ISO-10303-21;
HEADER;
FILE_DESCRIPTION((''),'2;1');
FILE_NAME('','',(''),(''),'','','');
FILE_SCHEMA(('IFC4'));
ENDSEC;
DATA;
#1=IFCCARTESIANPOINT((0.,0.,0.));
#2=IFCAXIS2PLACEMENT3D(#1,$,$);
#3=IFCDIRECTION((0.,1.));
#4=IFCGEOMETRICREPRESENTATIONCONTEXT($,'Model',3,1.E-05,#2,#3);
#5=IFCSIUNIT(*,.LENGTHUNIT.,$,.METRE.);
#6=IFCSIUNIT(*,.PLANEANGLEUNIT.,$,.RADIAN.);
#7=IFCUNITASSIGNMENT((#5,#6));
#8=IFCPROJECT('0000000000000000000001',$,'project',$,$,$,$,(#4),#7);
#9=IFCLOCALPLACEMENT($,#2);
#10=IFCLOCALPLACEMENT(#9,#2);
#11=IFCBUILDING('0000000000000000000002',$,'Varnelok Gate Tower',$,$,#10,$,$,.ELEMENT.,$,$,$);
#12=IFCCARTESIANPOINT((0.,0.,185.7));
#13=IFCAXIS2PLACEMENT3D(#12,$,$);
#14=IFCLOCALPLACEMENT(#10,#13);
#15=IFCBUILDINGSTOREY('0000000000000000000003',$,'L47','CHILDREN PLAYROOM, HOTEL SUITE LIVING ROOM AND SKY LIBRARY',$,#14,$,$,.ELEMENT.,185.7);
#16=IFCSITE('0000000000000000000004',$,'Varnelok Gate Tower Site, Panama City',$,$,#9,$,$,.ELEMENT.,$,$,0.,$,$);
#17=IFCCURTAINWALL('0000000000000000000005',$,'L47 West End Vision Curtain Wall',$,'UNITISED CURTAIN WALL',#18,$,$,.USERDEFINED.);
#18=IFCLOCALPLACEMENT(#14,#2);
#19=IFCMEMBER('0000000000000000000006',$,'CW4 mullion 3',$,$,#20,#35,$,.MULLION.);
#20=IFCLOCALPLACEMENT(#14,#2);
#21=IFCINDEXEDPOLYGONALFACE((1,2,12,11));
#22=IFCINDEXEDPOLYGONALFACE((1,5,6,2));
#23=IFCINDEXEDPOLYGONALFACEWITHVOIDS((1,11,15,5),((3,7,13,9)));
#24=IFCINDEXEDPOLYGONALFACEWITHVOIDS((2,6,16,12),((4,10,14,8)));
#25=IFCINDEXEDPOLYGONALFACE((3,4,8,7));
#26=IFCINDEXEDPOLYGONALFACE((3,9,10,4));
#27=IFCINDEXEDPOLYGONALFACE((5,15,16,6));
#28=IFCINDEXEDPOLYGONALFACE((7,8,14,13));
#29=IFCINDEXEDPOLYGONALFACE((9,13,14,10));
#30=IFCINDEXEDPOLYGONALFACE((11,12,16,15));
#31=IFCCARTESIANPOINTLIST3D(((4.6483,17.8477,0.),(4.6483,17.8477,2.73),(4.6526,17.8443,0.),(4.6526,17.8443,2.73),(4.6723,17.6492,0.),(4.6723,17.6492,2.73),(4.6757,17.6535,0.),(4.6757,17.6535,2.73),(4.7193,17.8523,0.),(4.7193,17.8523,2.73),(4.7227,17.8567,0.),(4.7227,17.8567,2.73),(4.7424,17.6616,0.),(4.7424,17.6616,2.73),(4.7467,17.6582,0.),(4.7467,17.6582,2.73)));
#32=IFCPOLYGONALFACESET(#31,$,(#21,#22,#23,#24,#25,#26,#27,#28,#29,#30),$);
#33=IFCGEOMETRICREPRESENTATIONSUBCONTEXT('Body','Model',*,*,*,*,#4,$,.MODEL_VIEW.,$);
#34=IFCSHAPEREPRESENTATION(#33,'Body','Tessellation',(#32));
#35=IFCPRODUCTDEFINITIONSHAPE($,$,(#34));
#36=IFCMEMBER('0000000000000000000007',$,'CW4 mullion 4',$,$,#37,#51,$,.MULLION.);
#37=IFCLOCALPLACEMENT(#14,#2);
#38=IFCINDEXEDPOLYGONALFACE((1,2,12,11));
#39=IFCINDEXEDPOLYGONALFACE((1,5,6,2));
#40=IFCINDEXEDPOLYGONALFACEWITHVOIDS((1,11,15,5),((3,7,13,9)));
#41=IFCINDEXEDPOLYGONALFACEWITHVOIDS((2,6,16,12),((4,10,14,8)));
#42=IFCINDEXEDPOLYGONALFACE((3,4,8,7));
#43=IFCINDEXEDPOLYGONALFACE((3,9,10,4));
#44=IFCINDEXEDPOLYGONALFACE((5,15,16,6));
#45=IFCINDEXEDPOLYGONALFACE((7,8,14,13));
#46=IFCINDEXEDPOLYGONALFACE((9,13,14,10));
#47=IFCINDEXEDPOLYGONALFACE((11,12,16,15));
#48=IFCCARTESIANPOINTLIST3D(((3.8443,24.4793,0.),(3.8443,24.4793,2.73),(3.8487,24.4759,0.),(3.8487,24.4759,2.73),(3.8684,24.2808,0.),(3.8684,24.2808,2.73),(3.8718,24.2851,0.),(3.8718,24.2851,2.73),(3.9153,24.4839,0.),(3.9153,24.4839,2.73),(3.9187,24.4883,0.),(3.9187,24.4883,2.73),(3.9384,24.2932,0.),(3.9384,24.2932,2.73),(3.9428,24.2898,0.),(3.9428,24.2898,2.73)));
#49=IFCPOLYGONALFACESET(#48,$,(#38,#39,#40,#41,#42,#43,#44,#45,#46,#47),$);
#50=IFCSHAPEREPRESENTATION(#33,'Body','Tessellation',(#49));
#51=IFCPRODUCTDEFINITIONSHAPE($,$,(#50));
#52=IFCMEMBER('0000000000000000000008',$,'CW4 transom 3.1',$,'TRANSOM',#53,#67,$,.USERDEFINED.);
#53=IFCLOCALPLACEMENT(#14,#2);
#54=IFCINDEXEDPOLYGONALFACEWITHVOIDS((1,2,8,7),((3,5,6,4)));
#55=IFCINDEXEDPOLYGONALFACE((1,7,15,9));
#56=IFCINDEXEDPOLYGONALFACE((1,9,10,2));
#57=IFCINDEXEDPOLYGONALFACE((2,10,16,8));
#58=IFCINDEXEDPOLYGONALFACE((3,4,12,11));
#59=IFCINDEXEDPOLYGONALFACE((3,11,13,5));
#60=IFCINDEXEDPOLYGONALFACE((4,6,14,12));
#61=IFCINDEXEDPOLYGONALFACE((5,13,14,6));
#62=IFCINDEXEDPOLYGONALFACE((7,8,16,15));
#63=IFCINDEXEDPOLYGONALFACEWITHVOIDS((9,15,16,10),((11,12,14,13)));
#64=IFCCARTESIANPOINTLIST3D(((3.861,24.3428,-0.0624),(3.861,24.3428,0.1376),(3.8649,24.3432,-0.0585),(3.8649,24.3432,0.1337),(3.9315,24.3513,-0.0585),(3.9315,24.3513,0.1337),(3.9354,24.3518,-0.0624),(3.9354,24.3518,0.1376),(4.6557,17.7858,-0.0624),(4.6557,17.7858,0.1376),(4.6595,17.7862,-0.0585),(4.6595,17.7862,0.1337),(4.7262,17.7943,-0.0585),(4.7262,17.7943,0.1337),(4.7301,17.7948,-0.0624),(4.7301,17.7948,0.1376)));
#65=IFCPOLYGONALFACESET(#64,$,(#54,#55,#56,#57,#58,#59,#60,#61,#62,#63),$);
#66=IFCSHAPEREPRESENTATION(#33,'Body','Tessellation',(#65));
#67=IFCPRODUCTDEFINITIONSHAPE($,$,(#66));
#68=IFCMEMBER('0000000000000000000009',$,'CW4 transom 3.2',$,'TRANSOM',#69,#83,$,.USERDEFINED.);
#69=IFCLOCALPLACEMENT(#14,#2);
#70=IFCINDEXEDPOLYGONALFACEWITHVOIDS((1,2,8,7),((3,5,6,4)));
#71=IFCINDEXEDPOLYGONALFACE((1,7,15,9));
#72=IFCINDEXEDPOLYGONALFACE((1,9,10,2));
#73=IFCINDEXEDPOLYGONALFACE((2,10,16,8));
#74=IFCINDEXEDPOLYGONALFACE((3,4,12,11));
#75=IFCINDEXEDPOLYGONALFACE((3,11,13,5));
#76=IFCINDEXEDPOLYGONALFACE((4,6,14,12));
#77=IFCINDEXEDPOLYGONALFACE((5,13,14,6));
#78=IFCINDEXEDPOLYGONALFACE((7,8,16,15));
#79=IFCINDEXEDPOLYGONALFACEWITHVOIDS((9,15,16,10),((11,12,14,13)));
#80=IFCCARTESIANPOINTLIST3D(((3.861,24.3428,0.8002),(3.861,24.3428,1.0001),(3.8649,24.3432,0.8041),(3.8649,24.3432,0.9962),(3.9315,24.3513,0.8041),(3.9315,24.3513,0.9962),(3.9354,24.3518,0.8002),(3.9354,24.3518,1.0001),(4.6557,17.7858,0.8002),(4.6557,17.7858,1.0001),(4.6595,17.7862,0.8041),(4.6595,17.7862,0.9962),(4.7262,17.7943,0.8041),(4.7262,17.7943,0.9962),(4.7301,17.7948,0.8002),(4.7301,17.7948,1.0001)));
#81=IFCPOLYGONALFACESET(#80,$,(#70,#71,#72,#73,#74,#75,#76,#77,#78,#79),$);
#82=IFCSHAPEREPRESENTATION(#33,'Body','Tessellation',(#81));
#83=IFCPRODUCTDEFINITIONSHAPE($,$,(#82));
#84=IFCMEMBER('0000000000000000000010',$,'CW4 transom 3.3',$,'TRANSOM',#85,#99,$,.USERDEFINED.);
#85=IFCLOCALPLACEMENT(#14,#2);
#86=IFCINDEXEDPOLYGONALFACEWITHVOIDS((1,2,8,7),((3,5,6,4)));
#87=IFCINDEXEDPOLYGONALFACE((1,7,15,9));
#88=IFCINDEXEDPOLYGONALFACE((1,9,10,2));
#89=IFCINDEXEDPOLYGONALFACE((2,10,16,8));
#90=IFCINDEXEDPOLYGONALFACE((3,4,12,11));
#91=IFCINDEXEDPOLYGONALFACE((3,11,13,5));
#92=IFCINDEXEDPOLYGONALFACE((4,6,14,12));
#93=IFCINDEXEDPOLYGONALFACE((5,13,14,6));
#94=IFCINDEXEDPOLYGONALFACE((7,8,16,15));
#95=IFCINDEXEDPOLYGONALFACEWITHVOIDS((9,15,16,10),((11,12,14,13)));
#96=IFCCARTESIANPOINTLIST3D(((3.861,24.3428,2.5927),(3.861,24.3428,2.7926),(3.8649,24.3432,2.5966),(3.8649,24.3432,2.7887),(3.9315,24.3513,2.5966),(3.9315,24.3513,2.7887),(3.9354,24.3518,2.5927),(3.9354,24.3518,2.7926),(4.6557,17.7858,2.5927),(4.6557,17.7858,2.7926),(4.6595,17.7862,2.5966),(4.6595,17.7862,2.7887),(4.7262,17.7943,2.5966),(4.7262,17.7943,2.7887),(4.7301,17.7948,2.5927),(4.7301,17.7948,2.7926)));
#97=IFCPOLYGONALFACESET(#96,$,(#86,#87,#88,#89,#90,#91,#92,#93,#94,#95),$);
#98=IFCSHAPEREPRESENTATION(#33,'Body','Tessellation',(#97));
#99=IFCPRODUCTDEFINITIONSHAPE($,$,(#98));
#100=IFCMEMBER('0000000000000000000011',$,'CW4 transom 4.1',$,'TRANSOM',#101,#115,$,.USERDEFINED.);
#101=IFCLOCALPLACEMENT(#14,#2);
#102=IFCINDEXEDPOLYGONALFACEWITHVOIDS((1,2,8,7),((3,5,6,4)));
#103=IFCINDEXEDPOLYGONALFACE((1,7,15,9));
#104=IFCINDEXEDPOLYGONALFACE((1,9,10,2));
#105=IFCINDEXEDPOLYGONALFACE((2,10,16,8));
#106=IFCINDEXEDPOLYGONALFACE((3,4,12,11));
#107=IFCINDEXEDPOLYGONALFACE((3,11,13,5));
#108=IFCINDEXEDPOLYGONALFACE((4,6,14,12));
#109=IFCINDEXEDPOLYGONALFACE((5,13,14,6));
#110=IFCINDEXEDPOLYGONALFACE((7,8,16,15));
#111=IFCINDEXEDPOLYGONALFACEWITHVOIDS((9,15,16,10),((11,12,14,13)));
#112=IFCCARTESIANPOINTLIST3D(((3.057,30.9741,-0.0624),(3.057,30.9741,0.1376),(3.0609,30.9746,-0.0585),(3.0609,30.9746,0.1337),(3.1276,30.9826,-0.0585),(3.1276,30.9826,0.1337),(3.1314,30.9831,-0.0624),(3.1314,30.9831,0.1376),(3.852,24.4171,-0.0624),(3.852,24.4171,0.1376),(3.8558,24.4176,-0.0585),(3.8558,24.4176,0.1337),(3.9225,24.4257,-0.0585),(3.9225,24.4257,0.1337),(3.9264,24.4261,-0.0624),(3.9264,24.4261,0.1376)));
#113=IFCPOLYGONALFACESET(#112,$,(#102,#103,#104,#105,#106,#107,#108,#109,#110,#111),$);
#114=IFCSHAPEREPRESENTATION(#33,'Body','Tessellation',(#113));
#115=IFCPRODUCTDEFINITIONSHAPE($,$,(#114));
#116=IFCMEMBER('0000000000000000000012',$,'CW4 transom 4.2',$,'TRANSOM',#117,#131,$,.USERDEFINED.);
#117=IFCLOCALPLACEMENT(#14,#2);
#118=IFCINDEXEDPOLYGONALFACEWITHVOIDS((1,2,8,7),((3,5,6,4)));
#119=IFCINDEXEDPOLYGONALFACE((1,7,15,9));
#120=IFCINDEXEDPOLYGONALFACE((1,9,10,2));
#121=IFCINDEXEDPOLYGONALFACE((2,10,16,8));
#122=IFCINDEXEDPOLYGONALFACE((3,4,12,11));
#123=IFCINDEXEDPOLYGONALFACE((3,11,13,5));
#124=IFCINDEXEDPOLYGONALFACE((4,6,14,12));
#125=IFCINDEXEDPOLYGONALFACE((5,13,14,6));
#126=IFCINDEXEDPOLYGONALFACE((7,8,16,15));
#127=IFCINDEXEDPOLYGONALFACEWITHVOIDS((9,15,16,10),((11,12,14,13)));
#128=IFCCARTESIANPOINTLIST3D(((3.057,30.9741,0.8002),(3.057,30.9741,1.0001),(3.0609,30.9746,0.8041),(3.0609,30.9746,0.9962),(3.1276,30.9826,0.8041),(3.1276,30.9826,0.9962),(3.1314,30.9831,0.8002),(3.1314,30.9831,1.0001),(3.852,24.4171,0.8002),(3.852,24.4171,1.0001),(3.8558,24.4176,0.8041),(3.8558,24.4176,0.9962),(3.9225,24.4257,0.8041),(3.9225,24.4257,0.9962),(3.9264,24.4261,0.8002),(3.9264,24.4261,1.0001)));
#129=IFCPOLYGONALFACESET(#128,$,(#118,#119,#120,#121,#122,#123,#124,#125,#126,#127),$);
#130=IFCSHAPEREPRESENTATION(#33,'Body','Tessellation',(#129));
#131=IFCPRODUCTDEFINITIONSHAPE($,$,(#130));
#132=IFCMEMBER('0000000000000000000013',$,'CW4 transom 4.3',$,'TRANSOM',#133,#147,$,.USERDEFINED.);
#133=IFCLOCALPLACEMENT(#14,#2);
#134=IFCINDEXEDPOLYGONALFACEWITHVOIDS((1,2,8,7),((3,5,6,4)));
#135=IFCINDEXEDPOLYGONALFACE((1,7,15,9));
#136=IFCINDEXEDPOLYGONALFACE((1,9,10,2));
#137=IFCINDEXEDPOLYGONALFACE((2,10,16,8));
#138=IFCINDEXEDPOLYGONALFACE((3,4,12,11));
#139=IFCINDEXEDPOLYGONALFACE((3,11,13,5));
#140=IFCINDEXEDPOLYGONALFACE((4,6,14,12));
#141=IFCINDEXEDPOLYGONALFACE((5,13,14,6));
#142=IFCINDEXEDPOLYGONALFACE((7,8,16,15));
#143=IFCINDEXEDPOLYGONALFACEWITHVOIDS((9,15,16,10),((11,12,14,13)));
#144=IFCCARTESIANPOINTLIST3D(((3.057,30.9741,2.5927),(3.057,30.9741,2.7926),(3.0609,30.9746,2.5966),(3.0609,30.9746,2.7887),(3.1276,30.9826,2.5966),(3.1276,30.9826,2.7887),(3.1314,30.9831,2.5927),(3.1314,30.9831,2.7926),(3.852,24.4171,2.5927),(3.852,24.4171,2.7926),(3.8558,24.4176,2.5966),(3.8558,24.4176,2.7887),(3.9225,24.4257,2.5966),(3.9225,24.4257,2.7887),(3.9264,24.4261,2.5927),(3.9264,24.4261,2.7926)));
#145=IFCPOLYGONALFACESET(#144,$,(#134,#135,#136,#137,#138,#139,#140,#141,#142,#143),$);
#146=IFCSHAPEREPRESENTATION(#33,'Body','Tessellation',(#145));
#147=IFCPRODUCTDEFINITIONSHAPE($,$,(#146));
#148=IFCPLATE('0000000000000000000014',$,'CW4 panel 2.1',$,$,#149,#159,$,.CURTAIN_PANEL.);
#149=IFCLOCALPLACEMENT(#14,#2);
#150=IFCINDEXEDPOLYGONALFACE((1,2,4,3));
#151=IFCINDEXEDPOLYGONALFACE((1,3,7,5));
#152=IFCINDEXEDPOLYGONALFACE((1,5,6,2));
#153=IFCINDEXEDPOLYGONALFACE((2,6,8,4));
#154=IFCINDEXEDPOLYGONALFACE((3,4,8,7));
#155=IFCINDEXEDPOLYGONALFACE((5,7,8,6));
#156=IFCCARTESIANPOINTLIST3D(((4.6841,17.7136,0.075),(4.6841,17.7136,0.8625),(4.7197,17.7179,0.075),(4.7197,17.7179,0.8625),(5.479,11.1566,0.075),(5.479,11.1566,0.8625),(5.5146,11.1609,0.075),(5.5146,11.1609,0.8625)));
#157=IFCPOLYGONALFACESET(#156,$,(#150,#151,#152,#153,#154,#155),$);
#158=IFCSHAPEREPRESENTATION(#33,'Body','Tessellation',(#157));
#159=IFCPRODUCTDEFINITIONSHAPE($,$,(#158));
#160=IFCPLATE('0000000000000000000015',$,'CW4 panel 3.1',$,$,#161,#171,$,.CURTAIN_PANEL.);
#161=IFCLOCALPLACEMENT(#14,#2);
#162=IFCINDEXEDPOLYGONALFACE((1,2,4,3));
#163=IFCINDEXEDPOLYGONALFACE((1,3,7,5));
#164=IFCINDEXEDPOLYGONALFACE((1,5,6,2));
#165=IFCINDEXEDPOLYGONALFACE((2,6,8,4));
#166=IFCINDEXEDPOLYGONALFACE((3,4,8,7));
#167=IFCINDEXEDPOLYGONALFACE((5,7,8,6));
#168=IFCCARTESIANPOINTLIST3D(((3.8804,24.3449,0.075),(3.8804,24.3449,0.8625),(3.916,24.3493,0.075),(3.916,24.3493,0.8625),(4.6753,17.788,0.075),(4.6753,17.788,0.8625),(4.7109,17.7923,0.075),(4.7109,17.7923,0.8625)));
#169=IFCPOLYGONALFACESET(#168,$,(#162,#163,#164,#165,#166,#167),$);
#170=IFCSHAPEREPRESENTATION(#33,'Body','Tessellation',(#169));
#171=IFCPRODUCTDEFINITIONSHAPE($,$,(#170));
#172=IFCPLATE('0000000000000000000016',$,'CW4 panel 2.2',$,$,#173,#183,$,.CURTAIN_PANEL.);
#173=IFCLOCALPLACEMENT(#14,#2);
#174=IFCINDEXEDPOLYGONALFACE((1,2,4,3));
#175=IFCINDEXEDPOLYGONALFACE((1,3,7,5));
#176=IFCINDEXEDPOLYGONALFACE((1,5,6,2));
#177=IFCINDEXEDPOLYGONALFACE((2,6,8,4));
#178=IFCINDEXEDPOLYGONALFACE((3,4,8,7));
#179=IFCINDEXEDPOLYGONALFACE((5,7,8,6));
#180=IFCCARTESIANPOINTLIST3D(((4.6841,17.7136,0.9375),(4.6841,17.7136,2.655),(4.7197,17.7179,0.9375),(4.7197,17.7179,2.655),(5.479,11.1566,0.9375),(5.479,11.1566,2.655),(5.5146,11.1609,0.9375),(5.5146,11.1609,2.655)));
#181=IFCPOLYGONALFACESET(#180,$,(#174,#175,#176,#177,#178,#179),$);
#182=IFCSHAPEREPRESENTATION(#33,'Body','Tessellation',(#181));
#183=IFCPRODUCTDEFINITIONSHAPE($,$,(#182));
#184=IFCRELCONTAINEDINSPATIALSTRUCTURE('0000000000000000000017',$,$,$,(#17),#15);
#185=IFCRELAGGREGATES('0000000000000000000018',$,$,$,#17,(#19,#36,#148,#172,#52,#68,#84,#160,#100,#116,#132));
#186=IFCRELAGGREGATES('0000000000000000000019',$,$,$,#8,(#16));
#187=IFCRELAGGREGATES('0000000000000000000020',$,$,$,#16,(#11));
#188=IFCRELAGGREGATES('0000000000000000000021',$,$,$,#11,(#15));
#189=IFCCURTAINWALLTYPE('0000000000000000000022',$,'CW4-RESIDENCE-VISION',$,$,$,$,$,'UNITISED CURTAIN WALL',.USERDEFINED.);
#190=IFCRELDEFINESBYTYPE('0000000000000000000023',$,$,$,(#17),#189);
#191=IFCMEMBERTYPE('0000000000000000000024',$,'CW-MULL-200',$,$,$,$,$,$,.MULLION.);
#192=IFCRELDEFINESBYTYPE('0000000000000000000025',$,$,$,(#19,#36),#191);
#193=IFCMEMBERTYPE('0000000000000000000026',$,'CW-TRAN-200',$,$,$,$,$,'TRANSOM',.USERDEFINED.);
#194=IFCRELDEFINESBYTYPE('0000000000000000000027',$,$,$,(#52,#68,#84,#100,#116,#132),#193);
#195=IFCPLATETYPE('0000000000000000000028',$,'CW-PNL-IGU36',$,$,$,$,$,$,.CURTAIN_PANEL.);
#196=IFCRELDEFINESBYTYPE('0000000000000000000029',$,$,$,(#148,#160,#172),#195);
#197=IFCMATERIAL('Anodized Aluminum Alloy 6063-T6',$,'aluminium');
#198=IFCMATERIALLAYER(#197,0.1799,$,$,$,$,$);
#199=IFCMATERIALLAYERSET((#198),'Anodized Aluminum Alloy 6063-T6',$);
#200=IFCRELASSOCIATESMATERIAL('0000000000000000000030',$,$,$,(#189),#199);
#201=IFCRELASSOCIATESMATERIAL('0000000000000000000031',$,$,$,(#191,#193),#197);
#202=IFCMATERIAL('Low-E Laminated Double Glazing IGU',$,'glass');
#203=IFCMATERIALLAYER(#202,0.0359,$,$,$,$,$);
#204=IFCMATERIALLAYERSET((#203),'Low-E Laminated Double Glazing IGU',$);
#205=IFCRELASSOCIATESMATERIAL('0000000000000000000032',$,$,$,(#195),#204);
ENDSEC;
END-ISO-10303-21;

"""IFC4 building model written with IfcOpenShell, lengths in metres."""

from ifc_helpers import new_model, si_unit, direction, frame, origin, origin_2d, place, context, subcontext, project, spatial, rectangle, hollow_rectangle, extrude, source, transform, mapped, material, layer, layer_set, material_profile, profile_set, type_object, element, aggregate, save


model = new_model("IFC4")

# Units and contexts
model_context = context("Model", 3, precision=1e-05, world=origin(), true_north=direction((0.0, 1.0)))
body_context = subcontext(model_context, "Body", "Model", "MODEL_VIEW")
ifc_project = project(units=[si_unit("LENGTHUNIT", "METRE"), si_unit("PLANEANGLEUNIT", "RADIAN")], contexts=[model_context])

# Site, building, storey
site_placement = place(None, origin())
site = spatial("IfcSite", under=ifc_project, at=site_placement, Name="Varnelok Gate Tower Site, Panama City", CompositionType="ELEMENT", RefElevation=0.0)
building_placement = place(site_placement, origin())
building = spatial("IfcBuilding", under=site, at=building_placement, Name="Varnelok Gate Tower", CompositionType="ELEMENT")
storey_placement = place(building_placement, frame((0.0, 0.0, 185.7)))
storey = spatial("IfcBuildingStorey", under=building, at=storey_placement, Name="L47", Description="CHILDREN PLAYROOM, HOTEL SUITE LIVING ROOM AND SKY LIBRARY", CompositionType="ELEMENT", Elevation=185.7)

# Curtain wall, members, plates
ifc_material_1 = material(Name="Anodized Aluminum Alloy 6063-T6", Category="aluminium")
ifc_layer_1 = layer(ifc_material_1, 0.1799)
ifc_layer_set_1 = layer_set([ifc_layer_1], Name="Anodized Aluminum Alloy 6063-T6")
curtain_wall_type = type_object("IfcCurtainWallType", Name="CW4-RESIDENCE-VISION", ElementType="UNITISED CURTAIN WALL", PredefinedType="USERDEFINED", material=ifc_layer_set_1)
curtain_wall_placement = place(storey_placement, origin())
curtain_wall = element("IfcCurtainWall", 1, at=curtain_wall_placement, inside=storey, type_object=curtain_wall_type, Name="L47 West End Vision Curtain Wall", ObjectType="UNITISED CURTAIN WALL", PredefinedType="USERDEFINED")
ifc_material_profile_1 = material_profile(ifc_material_1, hollow_rectangle(XDim=0.075, YDim=0.2, WallThickness=0.0039, at=origin_2d()), Name="ALU200X75X4")
ifc_profile_set_1 = profile_set([ifc_material_profile_1], Name="Anodized Aluminum Alloy 6063-T6")
member_type_1 = type_object("IfcMemberType", Name="CW-MULL-200", PredefinedType="MULLION", material=ifc_profile_set_1)
member_1_placement = place(storey_placement, frame((4.6975, 17.7529, 0.0), z_axis=(0.0, 0.0, 1.0), x_axis=(-0.992732, -0.120345, 0.0)))
member_1 = element("IfcMember", 2, at=member_1_placement, type_object=member_type_1, Name="CW4 mullion 3", PredefinedType="MULLION", context=body_context, shape_type="SweptSolid", body=[
    extrude(hollow_rectangle(XDim=0.075, YDim=0.2, WallThickness=0.0039, at=origin_2d()), origin(), (0.0, 0.0, 1.0), 2.73),
])
member_2_placement = place(storey_placement, frame((3.8936, 24.3845, 0.0), z_axis=(0.0, 0.0, 1.0), x_axis=(-0.992732, -0.120345, 0.0)))
member_2 = element("IfcMember", 3, at=member_2_placement, type_object=member_type_1, Name="CW4 mullion 4", PredefinedType="MULLION", context=body_context, shape_type="SweptSolid", body=[
    extrude(hollow_rectangle(XDim=0.075, YDim=0.2, WallThickness=0.0039, at=origin_2d()), origin(), (0.0, 0.0, 1.0), 2.73),
])
ifc_material_profile_2 = material_profile(ifc_material_1, hollow_rectangle(XDim=0.075, YDim=0.2, WallThickness=0.0039, at=origin_2d()), Name="ALU200X75X4")
ifc_profile_set_2 = profile_set([ifc_material_profile_2], Name="Anodized Aluminum Alloy 6063-T6")
member_type_2 = type_object("IfcMemberType", Name="CW-TRAN-200", ElementType="TRANSOM", PredefinedType="USERDEFINED", material=ifc_profile_set_2)
member_3_placement = place(storey_placement, frame((4.6929, 17.7903, 0.0376), z_axis=(-0.120317, 0.992736, 0.0), x_axis=(-0.992736, -0.120317, 0.0)))
member_3 = element("IfcMember", 4, at=member_3_placement, type_object=member_type_2, Name="CW4 transom 3.1", ObjectType="TRANSOM", PredefinedType="USERDEFINED", context=body_context, shape_type="SweptSolid", body=[
    extrude(hollow_rectangle(XDim=0.075, YDim=0.2, WallThickness=0.0039, at=origin_2d()), origin(), (0.0, 0.0, 1.0), 6.605),
])
member_4_placement = place(storey_placement, frame((4.6929, 17.7903, 0.9001), z_axis=(-0.120317, 0.992736, 0.0), x_axis=(-0.992736, -0.120317, 0.0)))
member_4 = element("IfcMember", 5, at=member_4_placement, type_object=member_type_2, Name="CW4 transom 3.2", ObjectType="TRANSOM", PredefinedType="USERDEFINED", context=body_context, shape_type="SweptSolid", body=[
    extrude(hollow_rectangle(XDim=0.075, YDim=0.2, WallThickness=0.0039, at=origin_2d()), origin(), (0.0, 0.0, 1.0), 6.605),
])
member_5_placement = place(storey_placement, frame((4.6929, 17.7903, 2.6926), z_axis=(-0.120317, 0.992736, 0.0), x_axis=(-0.992736, -0.120317, 0.0)))
member_5 = element("IfcMember", 6, at=member_5_placement, type_object=member_type_2, Name="CW4 transom 3.3", ObjectType="TRANSOM", PredefinedType="USERDEFINED", context=body_context, shape_type="SweptSolid", body=[
    extrude(hollow_rectangle(XDim=0.075, YDim=0.2, WallThickness=0.0039, at=origin_2d()), origin(), (0.0, 0.0, 1.0), 6.605),
])
member_6_placement = place(storey_placement, frame((3.8892, 24.4216, 0.0376), z_axis=(-0.120353, 0.992731, 0.0), x_axis=(-0.992731, -0.120353, 0.0)))
member_6 = element("IfcMember", 7, at=member_6_placement, type_object=member_type_2, Name="CW4 transom 4.1", ObjectType="TRANSOM", PredefinedType="USERDEFINED", context=body_context, shape_type="SweptSolid", body=[
    extrude(hollow_rectangle(XDim=0.075, YDim=0.2, WallThickness=0.0039, at=origin_2d()), origin(), (0.0, 0.0, 1.0), 6.605),
])
member_7_placement = place(storey_placement, frame((3.8892, 24.4216, 0.9001), z_axis=(-0.120353, 0.992731, 0.0), x_axis=(-0.992731, -0.120353, 0.0)))
member_7 = element("IfcMember", 8, at=member_7_placement, type_object=member_type_2, Name="CW4 transom 4.2", ObjectType="TRANSOM", PredefinedType="USERDEFINED", context=body_context, shape_type="SweptSolid", body=[
    extrude(hollow_rectangle(XDim=0.075, YDim=0.2, WallThickness=0.0039, at=origin_2d()), origin(), (0.0, 0.0, 1.0), 6.605),
])
member_8_placement = place(storey_placement, frame((3.8892, 24.4216, 2.6926), z_axis=(-0.120353, 0.992731, 0.0), x_axis=(-0.992731, -0.120353, 0.0)))
member_8 = element("IfcMember", 9, at=member_8_placement, type_object=member_type_2, Name="CW4 transom 4.3", ObjectType="TRANSOM", PredefinedType="USERDEFINED", context=body_context, shape_type="SweptSolid", body=[
    extrude(hollow_rectangle(XDim=0.075, YDim=0.2, WallThickness=0.0039, at=origin_2d()), origin(), (0.0, 0.0, 1.0), 6.605),
])
ifc_material_2 = material(Name="Low-E Laminated Double Glazing IGU", Category="glass")
ifc_layer_2 = layer(ifc_material_2, 0.0359)
ifc_layer_set_2 = layer_set([ifc_layer_2], Name="Low-E Laminated Double Glazing IGU")
plate_type = type_object("IfcPlateType", Name="CW-PNL-IGU36", PredefinedType="CURTAIN_PANEL", material=ifc_layer_set_2)
shared_shape_1 = source(origin(), body_context, "Body", "SweptSolid", [
    extrude(rectangle(XDim=6.605, YDim=0.0359, at=origin_2d()), origin(), (0.0, 0.0, 1.0), 0.7876),
])
plate_1_placement = place(storey_placement, frame((5.0994, 14.4373, 0.075), z_axis=(0.0, 0.0, 1.0), x_axis=(-0.120345, 0.992732, 0.0)))
plate_1 = element("IfcPlate", 10, at=plate_1_placement, type_object=plate_type, Name="CW4 panel 2.1", PredefinedType="CURTAIN_PANEL", context=body_context, shape_type="MappedRepresentation", body=[
    mapped(shared_shape_1, transform((0.0, 0.0, 0.0), scale=1.0)),
])
plate_2_placement = place(storey_placement, frame((4.2957, 21.0686, 0.075), z_axis=(0.0, 0.0, 1.0), x_axis=(-0.120345, 0.992732, 0.0)))
plate_2 = element("IfcPlate", 11, at=plate_2_placement, type_object=plate_type, Name="CW4 panel 3.1", PredefinedType="CURTAIN_PANEL", context=body_context, shape_type="MappedRepresentation", body=[
    mapped(shared_shape_1, transform((0.0, 0.0, 0.0), scale=1.0)),
])
shared_shape_2 = source(origin(), body_context, "Body", "SweptSolid", [
    extrude(rectangle(XDim=6.605, YDim=0.0359, at=origin_2d()), origin(), (0.0, 0.0, 1.0), 1.7175),
])
plate_3_placement = place(storey_placement, frame((5.0994, 14.4373, 0.9375), z_axis=(0.0, 0.0, 1.0), x_axis=(-0.120345, 0.992732, 0.0)))
plate_3 = element("IfcPlate", 12, at=plate_3_placement, type_object=plate_type, Name="CW4 panel 2.2", PredefinedType="CURTAIN_PANEL", context=body_context, shape_type="MappedRepresentation", body=[
    mapped(shared_shape_2, transform((0.0, 0.0, 0.0), scale=1.0)),
])
aggregate(curtain_wall, [member_1, member_2, plate_1, plate_3, member_3, member_4, member_5, plate_2, member_6, member_7, member_8])

save(model, "model.ifc")
